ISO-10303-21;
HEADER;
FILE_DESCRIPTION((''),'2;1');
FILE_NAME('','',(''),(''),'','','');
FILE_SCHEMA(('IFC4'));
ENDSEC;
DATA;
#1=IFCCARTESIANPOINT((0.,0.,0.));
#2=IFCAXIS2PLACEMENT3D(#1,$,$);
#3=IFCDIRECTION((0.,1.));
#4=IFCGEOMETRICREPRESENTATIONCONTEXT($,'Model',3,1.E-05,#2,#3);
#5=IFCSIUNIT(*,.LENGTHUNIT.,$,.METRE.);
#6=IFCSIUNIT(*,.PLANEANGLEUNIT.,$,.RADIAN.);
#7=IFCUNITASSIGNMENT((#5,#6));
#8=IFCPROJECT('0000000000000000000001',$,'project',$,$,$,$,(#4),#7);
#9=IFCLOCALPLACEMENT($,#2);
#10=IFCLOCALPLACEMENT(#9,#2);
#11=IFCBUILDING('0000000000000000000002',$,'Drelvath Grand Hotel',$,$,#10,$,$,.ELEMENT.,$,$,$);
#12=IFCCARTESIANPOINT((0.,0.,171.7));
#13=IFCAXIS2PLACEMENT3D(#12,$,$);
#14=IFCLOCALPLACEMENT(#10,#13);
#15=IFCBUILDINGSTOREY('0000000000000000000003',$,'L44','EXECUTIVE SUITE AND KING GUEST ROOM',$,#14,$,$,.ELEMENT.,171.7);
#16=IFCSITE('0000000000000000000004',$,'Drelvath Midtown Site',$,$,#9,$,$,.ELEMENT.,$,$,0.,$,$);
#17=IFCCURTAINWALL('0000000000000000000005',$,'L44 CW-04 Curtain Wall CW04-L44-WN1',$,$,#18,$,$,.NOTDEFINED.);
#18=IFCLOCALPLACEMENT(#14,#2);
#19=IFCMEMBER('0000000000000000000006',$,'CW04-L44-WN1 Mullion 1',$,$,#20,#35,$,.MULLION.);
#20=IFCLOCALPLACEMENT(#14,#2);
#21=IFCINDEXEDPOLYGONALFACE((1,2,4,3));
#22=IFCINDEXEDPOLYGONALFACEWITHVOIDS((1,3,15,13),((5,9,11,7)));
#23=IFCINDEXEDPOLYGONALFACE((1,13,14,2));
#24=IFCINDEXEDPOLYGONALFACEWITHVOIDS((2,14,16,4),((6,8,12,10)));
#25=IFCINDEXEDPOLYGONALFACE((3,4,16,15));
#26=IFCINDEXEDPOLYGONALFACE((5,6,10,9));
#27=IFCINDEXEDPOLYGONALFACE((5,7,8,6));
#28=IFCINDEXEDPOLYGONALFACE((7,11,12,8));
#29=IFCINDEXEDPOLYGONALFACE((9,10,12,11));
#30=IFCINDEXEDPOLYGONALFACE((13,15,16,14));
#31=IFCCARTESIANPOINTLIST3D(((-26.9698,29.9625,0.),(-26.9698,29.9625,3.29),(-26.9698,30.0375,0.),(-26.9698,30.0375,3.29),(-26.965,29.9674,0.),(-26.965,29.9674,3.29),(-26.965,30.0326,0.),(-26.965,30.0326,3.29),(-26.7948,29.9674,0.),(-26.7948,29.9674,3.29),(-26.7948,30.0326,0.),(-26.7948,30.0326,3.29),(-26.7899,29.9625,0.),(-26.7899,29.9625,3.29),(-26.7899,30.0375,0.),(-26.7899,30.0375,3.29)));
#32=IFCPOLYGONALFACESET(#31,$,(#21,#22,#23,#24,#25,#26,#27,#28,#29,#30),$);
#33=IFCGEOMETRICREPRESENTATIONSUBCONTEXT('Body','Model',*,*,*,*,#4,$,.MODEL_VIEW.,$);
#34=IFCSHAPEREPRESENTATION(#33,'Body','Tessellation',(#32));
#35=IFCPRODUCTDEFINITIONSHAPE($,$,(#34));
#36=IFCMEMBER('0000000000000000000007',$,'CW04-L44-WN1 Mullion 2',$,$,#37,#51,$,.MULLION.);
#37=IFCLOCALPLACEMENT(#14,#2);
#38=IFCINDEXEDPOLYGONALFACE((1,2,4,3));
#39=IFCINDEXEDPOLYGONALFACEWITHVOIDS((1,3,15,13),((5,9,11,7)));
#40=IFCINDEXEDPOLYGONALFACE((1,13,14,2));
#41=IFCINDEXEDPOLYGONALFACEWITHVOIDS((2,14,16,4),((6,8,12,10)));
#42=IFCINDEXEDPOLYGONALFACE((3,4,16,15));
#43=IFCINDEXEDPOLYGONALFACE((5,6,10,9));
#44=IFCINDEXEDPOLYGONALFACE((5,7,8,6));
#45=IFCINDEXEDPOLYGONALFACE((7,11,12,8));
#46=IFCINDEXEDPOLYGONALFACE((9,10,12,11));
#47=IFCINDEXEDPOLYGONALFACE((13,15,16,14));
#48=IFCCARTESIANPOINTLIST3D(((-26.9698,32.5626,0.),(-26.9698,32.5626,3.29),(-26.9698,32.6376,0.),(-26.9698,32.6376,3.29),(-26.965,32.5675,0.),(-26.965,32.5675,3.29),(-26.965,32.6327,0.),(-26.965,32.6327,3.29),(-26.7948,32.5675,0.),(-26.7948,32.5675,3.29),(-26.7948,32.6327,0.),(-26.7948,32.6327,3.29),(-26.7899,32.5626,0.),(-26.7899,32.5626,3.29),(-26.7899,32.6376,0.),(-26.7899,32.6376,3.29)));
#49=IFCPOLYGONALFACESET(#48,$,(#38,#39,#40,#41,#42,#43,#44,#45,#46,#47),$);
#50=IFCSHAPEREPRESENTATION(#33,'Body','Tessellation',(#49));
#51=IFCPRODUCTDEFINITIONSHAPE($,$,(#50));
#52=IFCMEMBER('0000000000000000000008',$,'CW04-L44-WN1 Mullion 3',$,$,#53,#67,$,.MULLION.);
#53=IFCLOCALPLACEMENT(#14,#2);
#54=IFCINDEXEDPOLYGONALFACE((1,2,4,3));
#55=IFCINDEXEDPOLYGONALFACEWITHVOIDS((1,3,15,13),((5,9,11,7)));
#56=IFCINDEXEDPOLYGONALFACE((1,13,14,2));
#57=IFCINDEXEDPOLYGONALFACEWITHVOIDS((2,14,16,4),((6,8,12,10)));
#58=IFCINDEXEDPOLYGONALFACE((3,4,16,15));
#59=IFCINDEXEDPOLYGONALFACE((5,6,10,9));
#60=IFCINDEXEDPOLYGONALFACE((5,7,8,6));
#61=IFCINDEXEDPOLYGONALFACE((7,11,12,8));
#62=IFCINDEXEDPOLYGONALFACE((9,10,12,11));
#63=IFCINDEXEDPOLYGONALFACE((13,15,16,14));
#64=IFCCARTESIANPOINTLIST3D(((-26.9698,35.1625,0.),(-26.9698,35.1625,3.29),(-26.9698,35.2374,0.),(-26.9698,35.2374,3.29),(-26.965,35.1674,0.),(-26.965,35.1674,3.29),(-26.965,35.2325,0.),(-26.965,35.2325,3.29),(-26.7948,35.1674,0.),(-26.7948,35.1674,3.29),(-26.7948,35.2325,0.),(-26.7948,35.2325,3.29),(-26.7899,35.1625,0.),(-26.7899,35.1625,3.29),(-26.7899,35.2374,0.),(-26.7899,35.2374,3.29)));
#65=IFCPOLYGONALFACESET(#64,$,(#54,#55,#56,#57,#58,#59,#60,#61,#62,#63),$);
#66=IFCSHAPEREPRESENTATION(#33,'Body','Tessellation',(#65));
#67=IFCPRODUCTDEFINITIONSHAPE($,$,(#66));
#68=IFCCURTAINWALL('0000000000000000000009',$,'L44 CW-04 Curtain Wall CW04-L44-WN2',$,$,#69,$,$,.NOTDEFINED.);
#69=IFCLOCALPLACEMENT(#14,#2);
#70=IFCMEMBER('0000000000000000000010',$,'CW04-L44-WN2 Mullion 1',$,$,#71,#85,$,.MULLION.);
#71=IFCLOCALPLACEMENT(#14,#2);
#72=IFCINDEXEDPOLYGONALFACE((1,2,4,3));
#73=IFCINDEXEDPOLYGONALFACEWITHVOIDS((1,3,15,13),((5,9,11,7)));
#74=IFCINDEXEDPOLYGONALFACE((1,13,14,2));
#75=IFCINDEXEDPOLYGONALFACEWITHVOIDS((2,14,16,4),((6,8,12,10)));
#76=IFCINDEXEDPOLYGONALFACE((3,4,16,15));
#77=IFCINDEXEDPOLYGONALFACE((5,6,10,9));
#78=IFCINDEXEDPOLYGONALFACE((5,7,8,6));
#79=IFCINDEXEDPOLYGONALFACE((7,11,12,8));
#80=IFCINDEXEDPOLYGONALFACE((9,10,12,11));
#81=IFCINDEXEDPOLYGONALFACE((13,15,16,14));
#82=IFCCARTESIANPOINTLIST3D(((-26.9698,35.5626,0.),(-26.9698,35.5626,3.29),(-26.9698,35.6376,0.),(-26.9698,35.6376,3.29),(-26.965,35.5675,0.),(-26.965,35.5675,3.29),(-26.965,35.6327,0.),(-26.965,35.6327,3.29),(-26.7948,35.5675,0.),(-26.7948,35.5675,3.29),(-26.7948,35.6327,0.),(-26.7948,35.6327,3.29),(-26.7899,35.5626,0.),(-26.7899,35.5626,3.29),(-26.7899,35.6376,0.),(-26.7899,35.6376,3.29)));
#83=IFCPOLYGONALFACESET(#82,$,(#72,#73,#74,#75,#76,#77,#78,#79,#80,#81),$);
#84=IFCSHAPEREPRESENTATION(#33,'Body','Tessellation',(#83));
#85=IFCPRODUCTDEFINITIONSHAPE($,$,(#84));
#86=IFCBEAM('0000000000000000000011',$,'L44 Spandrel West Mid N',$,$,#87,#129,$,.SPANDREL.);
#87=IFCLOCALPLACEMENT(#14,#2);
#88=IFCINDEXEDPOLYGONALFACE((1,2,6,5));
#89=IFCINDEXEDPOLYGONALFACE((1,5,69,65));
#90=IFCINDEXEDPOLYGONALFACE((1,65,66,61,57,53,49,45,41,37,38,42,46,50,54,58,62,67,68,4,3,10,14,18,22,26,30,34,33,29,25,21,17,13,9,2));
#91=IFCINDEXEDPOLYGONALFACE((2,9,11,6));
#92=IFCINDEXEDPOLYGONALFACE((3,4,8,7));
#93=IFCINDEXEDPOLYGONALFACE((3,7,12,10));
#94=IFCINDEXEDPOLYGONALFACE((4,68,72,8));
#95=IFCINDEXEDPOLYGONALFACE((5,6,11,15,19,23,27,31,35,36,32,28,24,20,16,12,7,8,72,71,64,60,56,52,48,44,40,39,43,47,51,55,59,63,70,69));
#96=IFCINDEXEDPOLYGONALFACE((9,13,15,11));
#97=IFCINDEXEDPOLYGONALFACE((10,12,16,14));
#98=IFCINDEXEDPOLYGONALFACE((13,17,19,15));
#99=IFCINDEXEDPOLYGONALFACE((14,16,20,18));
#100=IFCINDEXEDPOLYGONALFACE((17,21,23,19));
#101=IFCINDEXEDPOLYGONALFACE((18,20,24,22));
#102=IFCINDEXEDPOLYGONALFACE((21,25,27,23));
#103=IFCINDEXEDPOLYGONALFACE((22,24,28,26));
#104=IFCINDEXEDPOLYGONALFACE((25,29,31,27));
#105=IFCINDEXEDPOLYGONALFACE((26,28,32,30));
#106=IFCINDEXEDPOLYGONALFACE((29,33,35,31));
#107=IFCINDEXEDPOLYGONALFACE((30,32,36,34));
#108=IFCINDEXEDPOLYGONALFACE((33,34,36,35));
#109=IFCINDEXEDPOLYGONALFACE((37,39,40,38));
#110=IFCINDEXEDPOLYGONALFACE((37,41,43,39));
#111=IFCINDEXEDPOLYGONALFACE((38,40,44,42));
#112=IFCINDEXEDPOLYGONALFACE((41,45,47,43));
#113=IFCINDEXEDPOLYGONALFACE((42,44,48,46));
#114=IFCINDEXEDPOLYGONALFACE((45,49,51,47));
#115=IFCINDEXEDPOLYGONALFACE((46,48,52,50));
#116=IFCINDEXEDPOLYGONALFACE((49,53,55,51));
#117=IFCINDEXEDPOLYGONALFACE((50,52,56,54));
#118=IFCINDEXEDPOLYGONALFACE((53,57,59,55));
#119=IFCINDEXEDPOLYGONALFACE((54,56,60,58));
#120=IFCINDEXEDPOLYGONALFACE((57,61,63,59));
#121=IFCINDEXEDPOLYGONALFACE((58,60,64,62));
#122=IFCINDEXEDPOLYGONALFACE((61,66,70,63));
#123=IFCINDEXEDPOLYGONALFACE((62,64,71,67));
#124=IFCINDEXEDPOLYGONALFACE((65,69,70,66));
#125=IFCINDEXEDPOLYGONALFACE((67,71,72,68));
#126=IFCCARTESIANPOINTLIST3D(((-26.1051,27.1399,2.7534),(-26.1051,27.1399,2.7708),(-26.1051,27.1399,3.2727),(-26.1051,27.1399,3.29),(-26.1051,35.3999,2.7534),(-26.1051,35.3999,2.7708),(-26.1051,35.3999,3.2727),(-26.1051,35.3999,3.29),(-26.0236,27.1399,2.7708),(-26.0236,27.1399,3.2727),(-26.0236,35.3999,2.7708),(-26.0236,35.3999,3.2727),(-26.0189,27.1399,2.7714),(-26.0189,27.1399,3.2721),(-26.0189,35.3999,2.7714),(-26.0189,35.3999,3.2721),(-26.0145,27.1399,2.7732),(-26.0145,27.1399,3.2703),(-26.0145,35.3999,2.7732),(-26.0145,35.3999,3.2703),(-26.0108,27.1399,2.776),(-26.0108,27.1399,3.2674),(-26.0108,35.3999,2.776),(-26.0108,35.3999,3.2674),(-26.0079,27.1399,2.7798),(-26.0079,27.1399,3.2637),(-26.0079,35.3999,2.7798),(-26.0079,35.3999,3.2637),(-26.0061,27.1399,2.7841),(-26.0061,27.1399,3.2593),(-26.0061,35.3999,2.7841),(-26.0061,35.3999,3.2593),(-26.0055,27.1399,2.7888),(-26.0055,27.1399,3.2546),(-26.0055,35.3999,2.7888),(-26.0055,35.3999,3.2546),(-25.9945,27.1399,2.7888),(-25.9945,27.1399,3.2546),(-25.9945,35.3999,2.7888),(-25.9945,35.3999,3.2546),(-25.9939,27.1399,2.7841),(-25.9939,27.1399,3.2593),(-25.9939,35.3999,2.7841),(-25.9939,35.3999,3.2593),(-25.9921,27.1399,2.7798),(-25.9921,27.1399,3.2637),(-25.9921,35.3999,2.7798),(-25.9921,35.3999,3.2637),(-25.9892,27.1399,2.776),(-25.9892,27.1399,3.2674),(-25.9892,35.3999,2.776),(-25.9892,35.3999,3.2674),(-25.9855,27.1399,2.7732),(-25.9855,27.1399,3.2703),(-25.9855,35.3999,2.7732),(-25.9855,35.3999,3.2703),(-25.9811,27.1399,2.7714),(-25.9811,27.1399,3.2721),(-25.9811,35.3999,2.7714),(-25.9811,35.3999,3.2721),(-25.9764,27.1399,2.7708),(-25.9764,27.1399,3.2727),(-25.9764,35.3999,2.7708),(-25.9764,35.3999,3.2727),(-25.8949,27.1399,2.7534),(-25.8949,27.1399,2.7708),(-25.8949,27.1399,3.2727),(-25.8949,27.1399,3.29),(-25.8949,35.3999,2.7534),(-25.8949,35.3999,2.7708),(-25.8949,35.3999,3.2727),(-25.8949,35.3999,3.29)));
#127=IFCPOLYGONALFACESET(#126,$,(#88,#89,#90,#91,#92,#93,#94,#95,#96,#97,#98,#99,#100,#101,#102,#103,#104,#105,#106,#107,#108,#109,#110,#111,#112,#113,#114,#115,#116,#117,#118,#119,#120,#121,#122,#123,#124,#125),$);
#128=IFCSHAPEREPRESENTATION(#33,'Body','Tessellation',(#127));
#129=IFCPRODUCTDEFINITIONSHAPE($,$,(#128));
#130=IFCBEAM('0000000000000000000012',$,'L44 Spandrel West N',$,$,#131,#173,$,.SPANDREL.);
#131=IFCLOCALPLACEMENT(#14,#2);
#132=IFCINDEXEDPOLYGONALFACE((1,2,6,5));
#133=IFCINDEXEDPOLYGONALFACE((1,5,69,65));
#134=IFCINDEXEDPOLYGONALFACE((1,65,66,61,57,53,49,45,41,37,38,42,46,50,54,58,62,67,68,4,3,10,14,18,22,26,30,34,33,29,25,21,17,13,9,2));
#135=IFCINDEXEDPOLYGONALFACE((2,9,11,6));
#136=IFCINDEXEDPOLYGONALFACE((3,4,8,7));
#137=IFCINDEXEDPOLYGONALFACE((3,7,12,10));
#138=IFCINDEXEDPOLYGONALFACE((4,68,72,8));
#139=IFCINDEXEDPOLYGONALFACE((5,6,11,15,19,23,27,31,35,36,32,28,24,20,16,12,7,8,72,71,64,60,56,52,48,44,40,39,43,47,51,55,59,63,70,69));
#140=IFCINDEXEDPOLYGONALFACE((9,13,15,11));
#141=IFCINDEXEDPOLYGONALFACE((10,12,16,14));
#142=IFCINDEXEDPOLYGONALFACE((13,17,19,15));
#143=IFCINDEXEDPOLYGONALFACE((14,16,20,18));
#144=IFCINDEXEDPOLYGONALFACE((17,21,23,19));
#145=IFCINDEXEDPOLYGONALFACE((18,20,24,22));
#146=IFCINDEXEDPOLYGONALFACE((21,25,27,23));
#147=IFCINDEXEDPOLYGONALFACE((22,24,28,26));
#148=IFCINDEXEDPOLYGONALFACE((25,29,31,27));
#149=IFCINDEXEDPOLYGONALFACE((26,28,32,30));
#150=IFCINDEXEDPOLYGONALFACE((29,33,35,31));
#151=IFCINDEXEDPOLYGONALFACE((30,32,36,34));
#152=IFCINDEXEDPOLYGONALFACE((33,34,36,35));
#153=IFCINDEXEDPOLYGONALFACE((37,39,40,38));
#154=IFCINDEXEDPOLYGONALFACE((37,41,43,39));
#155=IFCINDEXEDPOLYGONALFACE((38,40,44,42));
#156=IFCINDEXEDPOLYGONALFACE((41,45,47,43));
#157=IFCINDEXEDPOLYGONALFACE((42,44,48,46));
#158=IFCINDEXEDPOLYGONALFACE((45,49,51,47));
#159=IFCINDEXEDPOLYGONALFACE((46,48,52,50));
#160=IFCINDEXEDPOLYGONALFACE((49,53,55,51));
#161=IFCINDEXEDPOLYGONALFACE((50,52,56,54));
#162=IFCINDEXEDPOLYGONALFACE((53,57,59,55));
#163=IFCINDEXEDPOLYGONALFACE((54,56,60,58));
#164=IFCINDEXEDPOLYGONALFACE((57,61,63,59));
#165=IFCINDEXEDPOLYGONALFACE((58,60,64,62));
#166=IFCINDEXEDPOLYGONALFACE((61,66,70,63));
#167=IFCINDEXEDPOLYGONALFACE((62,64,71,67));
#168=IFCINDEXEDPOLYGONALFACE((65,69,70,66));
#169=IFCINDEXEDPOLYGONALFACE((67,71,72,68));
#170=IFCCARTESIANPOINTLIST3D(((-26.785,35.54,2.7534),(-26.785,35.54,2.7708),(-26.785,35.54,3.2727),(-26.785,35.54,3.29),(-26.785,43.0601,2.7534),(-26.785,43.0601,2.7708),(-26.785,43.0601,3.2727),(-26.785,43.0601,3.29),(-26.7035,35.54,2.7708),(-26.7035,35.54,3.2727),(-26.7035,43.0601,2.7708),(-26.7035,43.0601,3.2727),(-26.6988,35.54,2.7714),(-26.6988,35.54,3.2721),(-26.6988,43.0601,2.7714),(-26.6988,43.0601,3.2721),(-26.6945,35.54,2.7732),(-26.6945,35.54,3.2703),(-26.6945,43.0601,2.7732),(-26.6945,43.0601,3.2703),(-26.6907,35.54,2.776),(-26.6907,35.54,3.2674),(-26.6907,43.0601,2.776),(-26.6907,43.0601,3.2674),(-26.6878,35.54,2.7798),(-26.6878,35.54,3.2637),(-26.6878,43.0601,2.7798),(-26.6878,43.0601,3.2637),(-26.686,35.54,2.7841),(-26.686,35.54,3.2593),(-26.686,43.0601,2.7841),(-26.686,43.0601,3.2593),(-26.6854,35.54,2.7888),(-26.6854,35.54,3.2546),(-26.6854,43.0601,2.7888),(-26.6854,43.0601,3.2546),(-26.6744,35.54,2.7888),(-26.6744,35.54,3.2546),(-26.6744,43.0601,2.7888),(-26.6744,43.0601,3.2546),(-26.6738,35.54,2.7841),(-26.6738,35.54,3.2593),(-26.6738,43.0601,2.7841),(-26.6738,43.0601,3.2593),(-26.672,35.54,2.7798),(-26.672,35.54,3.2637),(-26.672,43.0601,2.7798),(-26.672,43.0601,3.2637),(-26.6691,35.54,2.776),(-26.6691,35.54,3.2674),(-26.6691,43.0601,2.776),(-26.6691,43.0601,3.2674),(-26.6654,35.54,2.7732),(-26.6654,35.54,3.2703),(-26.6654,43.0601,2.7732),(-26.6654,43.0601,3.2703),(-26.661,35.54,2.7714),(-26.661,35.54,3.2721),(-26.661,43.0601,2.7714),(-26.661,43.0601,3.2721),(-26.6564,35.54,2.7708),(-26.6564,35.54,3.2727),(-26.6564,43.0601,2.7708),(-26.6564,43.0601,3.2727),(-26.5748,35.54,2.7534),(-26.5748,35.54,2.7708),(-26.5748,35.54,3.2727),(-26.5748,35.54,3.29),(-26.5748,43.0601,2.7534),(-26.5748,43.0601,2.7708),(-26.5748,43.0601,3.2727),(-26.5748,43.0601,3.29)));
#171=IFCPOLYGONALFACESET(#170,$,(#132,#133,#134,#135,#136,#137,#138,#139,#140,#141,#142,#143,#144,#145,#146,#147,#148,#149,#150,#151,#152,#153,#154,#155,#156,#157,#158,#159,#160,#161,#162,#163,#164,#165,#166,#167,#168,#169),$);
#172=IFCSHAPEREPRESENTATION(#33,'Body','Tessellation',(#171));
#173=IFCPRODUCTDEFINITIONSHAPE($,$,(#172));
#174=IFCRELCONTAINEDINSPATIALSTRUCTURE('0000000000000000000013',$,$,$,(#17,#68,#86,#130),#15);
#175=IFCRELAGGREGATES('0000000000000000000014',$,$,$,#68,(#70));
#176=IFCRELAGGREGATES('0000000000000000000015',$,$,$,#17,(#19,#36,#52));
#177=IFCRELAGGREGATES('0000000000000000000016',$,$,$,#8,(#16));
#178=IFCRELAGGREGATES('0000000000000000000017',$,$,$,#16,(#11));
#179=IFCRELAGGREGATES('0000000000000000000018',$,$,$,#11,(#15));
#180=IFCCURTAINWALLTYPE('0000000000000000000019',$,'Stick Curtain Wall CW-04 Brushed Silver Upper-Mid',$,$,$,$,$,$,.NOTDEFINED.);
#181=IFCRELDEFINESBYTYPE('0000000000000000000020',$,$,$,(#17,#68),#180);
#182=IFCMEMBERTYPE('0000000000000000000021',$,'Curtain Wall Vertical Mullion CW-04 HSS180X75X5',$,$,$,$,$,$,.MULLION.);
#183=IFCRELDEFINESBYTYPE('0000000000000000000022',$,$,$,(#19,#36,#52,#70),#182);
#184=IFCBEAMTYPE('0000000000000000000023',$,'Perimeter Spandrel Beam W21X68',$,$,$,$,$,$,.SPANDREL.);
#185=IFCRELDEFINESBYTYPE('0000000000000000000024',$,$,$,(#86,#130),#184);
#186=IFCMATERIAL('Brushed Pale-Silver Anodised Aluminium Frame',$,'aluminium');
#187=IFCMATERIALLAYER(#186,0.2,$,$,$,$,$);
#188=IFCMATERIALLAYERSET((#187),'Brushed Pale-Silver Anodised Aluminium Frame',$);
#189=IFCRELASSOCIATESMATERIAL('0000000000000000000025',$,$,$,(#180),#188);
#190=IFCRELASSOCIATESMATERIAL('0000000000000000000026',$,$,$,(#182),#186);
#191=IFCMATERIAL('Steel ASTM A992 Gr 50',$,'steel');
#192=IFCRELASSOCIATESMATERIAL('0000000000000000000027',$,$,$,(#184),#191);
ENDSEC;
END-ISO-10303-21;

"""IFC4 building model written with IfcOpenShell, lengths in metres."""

from ifc_helpers import new_model, si_unit, direction, frame, origin, origin_2d, place, context, subcontext, project, spatial, hollow_rectangle, i_section, extrude, material, layer, layer_set, material_profile, profile_set, type_object, element, aggregate, save


model = new_model("IFC4")

# Units and contexts
model_context = context("Model", 3, precision=1e-05, world=origin(), true_north=direction((0.0, 1.0)))
body_context = subcontext(model_context, "Body", "Model", "MODEL_VIEW")
ifc_project = project(units=[si_unit("LENGTHUNIT", "METRE"), si_unit("PLANEANGLEUNIT", "RADIAN")], contexts=[model_context])

# Site, building, storey
site_placement = place(None, origin())
site = spatial("IfcSite", under=ifc_project, at=site_placement, Name="Drelvath Midtown Site", CompositionType="ELEMENT", RefElevation=0.0)
building_placement = place(site_placement, origin())
building = spatial("IfcBuilding", under=site, at=building_placement, Name="Drelvath Grand Hotel", CompositionType="ELEMENT")
storey_placement = place(building_placement, frame((0.0, 0.0, 171.7)))
storey = spatial("IfcBuildingStorey", under=building, at=storey_placement, Name="L44", Description="EXECUTIVE SUITE AND KING GUEST ROOM", CompositionType="ELEMENT", Elevation=171.7)

# Curtain wall
ifc_material_1 = material(Name="Brushed Pale-Silver Anodised Aluminium Frame", Category="aluminium")
ifc_layer_1 = layer(ifc_material_1, 0.2)
ifc_layer_set_1 = layer_set([ifc_layer_1], Name="Brushed Pale-Silver Anodised Aluminium Frame")
curtain_wall_type = type_object("IfcCurtainWallType", Name="Stick Curtain Wall CW-04 Brushed Silver Upper-Mid", PredefinedType="NOTDEFINED", material=ifc_layer_set_1)
curtain_wall_1_placement = place(storey_placement, origin())
curtain_wall_1 = element("IfcCurtainWall", 1, at=curtain_wall_1_placement, inside=storey, type_object=curtain_wall_type, Name="L44 CW-04 Curtain Wall CW04-L44-WN1", PredefinedType="NOTDEFINED")
ifc_material_profile_1 = material_profile(ifc_material_1, hollow_rectangle(XDim=0.075, YDim=0.1799, WallThickness=0.0049, at=origin_2d()), Name="HSS180X75X5")
ifc_profile_set_1 = profile_set([ifc_material_profile_1], Name="Brushed Pale-Silver Anodised Aluminium Frame")
member_type_1 = type_object("IfcMemberType", Name="Curtain Wall Vertical Mullion CW-04 HSS180X75X5", PredefinedType="MULLION", material=ifc_profile_set_1)

# Members
member_1_placement = place(storey_placement, frame((-26.8799, 30.0, 0.0), z_axis=(0.0, 0.0, 1.0), x_axis=(0.0, 1.0, 0.0)))
member_1 = element("IfcMember", 2, at=member_1_placement, type_object=member_type_1, Name="CW04-L44-WN1 Mullion 1", PredefinedType="MULLION", context=body_context, shape_type="SweptSolid", body=[
    extrude(hollow_rectangle(XDim=0.075, YDim=0.1799, WallThickness=0.0049, at=origin_2d()), origin(), (0.0, 0.0, 1.0), 3.29),
])
member_2_placement = place(storey_placement, frame((-26.8799, 32.6001, 0.0), z_axis=(0.0, 0.0, 1.0), x_axis=(0.0, 1.0, 0.0)))
member_2 = element("IfcMember", 3, at=member_2_placement, type_object=member_type_1, Name="CW04-L44-WN1 Mullion 2", PredefinedType="MULLION", context=body_context, shape_type="SweptSolid", body=[
    extrude(hollow_rectangle(XDim=0.075, YDim=0.1799, WallThickness=0.0049, at=origin_2d()), origin(), (0.0, 0.0, 1.0), 3.29),
])
member_3_placement = place(storey_placement, frame((-26.8799, 35.2, 0.0), z_axis=(0.0, 0.0, 1.0), x_axis=(0.0, 1.0, 0.0)))
member_3 = element("IfcMember", 4, at=member_3_placement, type_object=member_type_1, Name="CW04-L44-WN1 Mullion 3", PredefinedType="MULLION", context=body_context, shape_type="SweptSolid", body=[
    extrude(hollow_rectangle(XDim=0.075, YDim=0.1799, WallThickness=0.0049, at=origin_2d()), origin(), (0.0, 0.0, 1.0), 3.29),
])

# Curtain wall, member
curtain_wall_2_placement = place(storey_placement, origin())
curtain_wall_2 = element("IfcCurtainWall", 5, at=curtain_wall_2_placement, inside=storey, type_object=curtain_wall_type, Name="L44 CW-04 Curtain Wall CW04-L44-WN2", PredefinedType="NOTDEFINED")
member_4_placement = place(storey_placement, frame((-26.8799, 35.6001, 0.0), z_axis=(0.0, 0.0, 1.0), x_axis=(0.0, 1.0, 0.0)))
member_4 = element("IfcMember", 6, at=member_4_placement, type_object=member_type_1, Name="CW04-L44-WN2 Mullion 1", PredefinedType="MULLION", context=body_context, shape_type="SweptSolid", body=[
    extrude(hollow_rectangle(XDim=0.075, YDim=0.1799, WallThickness=0.0049, at=origin_2d()), origin(), (0.0, 0.0, 1.0), 3.29),
])
aggregate(curtain_wall_2, [member_4])

# Beams
ifc_material_2 = material(Name="Steel ASTM A992 Gr 50", Category="steel")
ifc_material_profile_2 = material_profile(ifc_material_2, i_section(OverallWidth=0.2102, OverallDepth=0.5366, WebThickness=0.011, FlangeThickness=0.0173, FilletRadius=0.0181, at=origin_2d()), Name="W21X68")
ifc_profile_set_2 = profile_set([ifc_material_profile_2], Name="Steel ASTM A992 Gr 50")
beam_type_1 = type_object("IfcBeamType", Name="Perimeter Spandrel Beam W21X68", PredefinedType="SPANDREL", material=ifc_profile_set_2)
beam_1_placement = place(storey_placement, frame((-26.0, 27.1399, 3.0217), z_axis=(0.0, 1.0, 0.0), x_axis=(-1.0, 0.0, 0.0)))
element("IfcBeam", 7, at=beam_1_placement, inside=storey, type_object=beam_type_1, Name="L44 Spandrel West Mid N", PredefinedType="SPANDREL", context=body_context, shape_type="SweptSolid", body=[
    extrude(i_section(OverallWidth=0.2102, OverallDepth=0.5366, WebThickness=0.011, FlangeThickness=0.0173, FilletRadius=0.0181, at=origin_2d()), origin(), (0.0, 0.0, 1.0), 8.26),
])
beam_2_placement = place(storey_placement, frame((-26.6799, 35.54, 3.0217), z_axis=(0.0, 1.0, 0.0), x_axis=(-1.0, 0.0, 0.0)))
element("IfcBeam", 8, at=beam_2_placement, inside=storey, type_object=beam_type_1, Name="L44 Spandrel West N", PredefinedType="SPANDREL", context=body_context, shape_type="SweptSolid", body=[
    extrude(i_section(OverallWidth=0.2102, OverallDepth=0.5366, WebThickness=0.011, FlangeThickness=0.0173, FilletRadius=0.0181, at=origin_2d()), origin(), (0.0, 0.0, 1.0), 7.52),
])

aggregate(curtain_wall_1, [member_1, member_2, member_3])

save(model, "model.ifc")
